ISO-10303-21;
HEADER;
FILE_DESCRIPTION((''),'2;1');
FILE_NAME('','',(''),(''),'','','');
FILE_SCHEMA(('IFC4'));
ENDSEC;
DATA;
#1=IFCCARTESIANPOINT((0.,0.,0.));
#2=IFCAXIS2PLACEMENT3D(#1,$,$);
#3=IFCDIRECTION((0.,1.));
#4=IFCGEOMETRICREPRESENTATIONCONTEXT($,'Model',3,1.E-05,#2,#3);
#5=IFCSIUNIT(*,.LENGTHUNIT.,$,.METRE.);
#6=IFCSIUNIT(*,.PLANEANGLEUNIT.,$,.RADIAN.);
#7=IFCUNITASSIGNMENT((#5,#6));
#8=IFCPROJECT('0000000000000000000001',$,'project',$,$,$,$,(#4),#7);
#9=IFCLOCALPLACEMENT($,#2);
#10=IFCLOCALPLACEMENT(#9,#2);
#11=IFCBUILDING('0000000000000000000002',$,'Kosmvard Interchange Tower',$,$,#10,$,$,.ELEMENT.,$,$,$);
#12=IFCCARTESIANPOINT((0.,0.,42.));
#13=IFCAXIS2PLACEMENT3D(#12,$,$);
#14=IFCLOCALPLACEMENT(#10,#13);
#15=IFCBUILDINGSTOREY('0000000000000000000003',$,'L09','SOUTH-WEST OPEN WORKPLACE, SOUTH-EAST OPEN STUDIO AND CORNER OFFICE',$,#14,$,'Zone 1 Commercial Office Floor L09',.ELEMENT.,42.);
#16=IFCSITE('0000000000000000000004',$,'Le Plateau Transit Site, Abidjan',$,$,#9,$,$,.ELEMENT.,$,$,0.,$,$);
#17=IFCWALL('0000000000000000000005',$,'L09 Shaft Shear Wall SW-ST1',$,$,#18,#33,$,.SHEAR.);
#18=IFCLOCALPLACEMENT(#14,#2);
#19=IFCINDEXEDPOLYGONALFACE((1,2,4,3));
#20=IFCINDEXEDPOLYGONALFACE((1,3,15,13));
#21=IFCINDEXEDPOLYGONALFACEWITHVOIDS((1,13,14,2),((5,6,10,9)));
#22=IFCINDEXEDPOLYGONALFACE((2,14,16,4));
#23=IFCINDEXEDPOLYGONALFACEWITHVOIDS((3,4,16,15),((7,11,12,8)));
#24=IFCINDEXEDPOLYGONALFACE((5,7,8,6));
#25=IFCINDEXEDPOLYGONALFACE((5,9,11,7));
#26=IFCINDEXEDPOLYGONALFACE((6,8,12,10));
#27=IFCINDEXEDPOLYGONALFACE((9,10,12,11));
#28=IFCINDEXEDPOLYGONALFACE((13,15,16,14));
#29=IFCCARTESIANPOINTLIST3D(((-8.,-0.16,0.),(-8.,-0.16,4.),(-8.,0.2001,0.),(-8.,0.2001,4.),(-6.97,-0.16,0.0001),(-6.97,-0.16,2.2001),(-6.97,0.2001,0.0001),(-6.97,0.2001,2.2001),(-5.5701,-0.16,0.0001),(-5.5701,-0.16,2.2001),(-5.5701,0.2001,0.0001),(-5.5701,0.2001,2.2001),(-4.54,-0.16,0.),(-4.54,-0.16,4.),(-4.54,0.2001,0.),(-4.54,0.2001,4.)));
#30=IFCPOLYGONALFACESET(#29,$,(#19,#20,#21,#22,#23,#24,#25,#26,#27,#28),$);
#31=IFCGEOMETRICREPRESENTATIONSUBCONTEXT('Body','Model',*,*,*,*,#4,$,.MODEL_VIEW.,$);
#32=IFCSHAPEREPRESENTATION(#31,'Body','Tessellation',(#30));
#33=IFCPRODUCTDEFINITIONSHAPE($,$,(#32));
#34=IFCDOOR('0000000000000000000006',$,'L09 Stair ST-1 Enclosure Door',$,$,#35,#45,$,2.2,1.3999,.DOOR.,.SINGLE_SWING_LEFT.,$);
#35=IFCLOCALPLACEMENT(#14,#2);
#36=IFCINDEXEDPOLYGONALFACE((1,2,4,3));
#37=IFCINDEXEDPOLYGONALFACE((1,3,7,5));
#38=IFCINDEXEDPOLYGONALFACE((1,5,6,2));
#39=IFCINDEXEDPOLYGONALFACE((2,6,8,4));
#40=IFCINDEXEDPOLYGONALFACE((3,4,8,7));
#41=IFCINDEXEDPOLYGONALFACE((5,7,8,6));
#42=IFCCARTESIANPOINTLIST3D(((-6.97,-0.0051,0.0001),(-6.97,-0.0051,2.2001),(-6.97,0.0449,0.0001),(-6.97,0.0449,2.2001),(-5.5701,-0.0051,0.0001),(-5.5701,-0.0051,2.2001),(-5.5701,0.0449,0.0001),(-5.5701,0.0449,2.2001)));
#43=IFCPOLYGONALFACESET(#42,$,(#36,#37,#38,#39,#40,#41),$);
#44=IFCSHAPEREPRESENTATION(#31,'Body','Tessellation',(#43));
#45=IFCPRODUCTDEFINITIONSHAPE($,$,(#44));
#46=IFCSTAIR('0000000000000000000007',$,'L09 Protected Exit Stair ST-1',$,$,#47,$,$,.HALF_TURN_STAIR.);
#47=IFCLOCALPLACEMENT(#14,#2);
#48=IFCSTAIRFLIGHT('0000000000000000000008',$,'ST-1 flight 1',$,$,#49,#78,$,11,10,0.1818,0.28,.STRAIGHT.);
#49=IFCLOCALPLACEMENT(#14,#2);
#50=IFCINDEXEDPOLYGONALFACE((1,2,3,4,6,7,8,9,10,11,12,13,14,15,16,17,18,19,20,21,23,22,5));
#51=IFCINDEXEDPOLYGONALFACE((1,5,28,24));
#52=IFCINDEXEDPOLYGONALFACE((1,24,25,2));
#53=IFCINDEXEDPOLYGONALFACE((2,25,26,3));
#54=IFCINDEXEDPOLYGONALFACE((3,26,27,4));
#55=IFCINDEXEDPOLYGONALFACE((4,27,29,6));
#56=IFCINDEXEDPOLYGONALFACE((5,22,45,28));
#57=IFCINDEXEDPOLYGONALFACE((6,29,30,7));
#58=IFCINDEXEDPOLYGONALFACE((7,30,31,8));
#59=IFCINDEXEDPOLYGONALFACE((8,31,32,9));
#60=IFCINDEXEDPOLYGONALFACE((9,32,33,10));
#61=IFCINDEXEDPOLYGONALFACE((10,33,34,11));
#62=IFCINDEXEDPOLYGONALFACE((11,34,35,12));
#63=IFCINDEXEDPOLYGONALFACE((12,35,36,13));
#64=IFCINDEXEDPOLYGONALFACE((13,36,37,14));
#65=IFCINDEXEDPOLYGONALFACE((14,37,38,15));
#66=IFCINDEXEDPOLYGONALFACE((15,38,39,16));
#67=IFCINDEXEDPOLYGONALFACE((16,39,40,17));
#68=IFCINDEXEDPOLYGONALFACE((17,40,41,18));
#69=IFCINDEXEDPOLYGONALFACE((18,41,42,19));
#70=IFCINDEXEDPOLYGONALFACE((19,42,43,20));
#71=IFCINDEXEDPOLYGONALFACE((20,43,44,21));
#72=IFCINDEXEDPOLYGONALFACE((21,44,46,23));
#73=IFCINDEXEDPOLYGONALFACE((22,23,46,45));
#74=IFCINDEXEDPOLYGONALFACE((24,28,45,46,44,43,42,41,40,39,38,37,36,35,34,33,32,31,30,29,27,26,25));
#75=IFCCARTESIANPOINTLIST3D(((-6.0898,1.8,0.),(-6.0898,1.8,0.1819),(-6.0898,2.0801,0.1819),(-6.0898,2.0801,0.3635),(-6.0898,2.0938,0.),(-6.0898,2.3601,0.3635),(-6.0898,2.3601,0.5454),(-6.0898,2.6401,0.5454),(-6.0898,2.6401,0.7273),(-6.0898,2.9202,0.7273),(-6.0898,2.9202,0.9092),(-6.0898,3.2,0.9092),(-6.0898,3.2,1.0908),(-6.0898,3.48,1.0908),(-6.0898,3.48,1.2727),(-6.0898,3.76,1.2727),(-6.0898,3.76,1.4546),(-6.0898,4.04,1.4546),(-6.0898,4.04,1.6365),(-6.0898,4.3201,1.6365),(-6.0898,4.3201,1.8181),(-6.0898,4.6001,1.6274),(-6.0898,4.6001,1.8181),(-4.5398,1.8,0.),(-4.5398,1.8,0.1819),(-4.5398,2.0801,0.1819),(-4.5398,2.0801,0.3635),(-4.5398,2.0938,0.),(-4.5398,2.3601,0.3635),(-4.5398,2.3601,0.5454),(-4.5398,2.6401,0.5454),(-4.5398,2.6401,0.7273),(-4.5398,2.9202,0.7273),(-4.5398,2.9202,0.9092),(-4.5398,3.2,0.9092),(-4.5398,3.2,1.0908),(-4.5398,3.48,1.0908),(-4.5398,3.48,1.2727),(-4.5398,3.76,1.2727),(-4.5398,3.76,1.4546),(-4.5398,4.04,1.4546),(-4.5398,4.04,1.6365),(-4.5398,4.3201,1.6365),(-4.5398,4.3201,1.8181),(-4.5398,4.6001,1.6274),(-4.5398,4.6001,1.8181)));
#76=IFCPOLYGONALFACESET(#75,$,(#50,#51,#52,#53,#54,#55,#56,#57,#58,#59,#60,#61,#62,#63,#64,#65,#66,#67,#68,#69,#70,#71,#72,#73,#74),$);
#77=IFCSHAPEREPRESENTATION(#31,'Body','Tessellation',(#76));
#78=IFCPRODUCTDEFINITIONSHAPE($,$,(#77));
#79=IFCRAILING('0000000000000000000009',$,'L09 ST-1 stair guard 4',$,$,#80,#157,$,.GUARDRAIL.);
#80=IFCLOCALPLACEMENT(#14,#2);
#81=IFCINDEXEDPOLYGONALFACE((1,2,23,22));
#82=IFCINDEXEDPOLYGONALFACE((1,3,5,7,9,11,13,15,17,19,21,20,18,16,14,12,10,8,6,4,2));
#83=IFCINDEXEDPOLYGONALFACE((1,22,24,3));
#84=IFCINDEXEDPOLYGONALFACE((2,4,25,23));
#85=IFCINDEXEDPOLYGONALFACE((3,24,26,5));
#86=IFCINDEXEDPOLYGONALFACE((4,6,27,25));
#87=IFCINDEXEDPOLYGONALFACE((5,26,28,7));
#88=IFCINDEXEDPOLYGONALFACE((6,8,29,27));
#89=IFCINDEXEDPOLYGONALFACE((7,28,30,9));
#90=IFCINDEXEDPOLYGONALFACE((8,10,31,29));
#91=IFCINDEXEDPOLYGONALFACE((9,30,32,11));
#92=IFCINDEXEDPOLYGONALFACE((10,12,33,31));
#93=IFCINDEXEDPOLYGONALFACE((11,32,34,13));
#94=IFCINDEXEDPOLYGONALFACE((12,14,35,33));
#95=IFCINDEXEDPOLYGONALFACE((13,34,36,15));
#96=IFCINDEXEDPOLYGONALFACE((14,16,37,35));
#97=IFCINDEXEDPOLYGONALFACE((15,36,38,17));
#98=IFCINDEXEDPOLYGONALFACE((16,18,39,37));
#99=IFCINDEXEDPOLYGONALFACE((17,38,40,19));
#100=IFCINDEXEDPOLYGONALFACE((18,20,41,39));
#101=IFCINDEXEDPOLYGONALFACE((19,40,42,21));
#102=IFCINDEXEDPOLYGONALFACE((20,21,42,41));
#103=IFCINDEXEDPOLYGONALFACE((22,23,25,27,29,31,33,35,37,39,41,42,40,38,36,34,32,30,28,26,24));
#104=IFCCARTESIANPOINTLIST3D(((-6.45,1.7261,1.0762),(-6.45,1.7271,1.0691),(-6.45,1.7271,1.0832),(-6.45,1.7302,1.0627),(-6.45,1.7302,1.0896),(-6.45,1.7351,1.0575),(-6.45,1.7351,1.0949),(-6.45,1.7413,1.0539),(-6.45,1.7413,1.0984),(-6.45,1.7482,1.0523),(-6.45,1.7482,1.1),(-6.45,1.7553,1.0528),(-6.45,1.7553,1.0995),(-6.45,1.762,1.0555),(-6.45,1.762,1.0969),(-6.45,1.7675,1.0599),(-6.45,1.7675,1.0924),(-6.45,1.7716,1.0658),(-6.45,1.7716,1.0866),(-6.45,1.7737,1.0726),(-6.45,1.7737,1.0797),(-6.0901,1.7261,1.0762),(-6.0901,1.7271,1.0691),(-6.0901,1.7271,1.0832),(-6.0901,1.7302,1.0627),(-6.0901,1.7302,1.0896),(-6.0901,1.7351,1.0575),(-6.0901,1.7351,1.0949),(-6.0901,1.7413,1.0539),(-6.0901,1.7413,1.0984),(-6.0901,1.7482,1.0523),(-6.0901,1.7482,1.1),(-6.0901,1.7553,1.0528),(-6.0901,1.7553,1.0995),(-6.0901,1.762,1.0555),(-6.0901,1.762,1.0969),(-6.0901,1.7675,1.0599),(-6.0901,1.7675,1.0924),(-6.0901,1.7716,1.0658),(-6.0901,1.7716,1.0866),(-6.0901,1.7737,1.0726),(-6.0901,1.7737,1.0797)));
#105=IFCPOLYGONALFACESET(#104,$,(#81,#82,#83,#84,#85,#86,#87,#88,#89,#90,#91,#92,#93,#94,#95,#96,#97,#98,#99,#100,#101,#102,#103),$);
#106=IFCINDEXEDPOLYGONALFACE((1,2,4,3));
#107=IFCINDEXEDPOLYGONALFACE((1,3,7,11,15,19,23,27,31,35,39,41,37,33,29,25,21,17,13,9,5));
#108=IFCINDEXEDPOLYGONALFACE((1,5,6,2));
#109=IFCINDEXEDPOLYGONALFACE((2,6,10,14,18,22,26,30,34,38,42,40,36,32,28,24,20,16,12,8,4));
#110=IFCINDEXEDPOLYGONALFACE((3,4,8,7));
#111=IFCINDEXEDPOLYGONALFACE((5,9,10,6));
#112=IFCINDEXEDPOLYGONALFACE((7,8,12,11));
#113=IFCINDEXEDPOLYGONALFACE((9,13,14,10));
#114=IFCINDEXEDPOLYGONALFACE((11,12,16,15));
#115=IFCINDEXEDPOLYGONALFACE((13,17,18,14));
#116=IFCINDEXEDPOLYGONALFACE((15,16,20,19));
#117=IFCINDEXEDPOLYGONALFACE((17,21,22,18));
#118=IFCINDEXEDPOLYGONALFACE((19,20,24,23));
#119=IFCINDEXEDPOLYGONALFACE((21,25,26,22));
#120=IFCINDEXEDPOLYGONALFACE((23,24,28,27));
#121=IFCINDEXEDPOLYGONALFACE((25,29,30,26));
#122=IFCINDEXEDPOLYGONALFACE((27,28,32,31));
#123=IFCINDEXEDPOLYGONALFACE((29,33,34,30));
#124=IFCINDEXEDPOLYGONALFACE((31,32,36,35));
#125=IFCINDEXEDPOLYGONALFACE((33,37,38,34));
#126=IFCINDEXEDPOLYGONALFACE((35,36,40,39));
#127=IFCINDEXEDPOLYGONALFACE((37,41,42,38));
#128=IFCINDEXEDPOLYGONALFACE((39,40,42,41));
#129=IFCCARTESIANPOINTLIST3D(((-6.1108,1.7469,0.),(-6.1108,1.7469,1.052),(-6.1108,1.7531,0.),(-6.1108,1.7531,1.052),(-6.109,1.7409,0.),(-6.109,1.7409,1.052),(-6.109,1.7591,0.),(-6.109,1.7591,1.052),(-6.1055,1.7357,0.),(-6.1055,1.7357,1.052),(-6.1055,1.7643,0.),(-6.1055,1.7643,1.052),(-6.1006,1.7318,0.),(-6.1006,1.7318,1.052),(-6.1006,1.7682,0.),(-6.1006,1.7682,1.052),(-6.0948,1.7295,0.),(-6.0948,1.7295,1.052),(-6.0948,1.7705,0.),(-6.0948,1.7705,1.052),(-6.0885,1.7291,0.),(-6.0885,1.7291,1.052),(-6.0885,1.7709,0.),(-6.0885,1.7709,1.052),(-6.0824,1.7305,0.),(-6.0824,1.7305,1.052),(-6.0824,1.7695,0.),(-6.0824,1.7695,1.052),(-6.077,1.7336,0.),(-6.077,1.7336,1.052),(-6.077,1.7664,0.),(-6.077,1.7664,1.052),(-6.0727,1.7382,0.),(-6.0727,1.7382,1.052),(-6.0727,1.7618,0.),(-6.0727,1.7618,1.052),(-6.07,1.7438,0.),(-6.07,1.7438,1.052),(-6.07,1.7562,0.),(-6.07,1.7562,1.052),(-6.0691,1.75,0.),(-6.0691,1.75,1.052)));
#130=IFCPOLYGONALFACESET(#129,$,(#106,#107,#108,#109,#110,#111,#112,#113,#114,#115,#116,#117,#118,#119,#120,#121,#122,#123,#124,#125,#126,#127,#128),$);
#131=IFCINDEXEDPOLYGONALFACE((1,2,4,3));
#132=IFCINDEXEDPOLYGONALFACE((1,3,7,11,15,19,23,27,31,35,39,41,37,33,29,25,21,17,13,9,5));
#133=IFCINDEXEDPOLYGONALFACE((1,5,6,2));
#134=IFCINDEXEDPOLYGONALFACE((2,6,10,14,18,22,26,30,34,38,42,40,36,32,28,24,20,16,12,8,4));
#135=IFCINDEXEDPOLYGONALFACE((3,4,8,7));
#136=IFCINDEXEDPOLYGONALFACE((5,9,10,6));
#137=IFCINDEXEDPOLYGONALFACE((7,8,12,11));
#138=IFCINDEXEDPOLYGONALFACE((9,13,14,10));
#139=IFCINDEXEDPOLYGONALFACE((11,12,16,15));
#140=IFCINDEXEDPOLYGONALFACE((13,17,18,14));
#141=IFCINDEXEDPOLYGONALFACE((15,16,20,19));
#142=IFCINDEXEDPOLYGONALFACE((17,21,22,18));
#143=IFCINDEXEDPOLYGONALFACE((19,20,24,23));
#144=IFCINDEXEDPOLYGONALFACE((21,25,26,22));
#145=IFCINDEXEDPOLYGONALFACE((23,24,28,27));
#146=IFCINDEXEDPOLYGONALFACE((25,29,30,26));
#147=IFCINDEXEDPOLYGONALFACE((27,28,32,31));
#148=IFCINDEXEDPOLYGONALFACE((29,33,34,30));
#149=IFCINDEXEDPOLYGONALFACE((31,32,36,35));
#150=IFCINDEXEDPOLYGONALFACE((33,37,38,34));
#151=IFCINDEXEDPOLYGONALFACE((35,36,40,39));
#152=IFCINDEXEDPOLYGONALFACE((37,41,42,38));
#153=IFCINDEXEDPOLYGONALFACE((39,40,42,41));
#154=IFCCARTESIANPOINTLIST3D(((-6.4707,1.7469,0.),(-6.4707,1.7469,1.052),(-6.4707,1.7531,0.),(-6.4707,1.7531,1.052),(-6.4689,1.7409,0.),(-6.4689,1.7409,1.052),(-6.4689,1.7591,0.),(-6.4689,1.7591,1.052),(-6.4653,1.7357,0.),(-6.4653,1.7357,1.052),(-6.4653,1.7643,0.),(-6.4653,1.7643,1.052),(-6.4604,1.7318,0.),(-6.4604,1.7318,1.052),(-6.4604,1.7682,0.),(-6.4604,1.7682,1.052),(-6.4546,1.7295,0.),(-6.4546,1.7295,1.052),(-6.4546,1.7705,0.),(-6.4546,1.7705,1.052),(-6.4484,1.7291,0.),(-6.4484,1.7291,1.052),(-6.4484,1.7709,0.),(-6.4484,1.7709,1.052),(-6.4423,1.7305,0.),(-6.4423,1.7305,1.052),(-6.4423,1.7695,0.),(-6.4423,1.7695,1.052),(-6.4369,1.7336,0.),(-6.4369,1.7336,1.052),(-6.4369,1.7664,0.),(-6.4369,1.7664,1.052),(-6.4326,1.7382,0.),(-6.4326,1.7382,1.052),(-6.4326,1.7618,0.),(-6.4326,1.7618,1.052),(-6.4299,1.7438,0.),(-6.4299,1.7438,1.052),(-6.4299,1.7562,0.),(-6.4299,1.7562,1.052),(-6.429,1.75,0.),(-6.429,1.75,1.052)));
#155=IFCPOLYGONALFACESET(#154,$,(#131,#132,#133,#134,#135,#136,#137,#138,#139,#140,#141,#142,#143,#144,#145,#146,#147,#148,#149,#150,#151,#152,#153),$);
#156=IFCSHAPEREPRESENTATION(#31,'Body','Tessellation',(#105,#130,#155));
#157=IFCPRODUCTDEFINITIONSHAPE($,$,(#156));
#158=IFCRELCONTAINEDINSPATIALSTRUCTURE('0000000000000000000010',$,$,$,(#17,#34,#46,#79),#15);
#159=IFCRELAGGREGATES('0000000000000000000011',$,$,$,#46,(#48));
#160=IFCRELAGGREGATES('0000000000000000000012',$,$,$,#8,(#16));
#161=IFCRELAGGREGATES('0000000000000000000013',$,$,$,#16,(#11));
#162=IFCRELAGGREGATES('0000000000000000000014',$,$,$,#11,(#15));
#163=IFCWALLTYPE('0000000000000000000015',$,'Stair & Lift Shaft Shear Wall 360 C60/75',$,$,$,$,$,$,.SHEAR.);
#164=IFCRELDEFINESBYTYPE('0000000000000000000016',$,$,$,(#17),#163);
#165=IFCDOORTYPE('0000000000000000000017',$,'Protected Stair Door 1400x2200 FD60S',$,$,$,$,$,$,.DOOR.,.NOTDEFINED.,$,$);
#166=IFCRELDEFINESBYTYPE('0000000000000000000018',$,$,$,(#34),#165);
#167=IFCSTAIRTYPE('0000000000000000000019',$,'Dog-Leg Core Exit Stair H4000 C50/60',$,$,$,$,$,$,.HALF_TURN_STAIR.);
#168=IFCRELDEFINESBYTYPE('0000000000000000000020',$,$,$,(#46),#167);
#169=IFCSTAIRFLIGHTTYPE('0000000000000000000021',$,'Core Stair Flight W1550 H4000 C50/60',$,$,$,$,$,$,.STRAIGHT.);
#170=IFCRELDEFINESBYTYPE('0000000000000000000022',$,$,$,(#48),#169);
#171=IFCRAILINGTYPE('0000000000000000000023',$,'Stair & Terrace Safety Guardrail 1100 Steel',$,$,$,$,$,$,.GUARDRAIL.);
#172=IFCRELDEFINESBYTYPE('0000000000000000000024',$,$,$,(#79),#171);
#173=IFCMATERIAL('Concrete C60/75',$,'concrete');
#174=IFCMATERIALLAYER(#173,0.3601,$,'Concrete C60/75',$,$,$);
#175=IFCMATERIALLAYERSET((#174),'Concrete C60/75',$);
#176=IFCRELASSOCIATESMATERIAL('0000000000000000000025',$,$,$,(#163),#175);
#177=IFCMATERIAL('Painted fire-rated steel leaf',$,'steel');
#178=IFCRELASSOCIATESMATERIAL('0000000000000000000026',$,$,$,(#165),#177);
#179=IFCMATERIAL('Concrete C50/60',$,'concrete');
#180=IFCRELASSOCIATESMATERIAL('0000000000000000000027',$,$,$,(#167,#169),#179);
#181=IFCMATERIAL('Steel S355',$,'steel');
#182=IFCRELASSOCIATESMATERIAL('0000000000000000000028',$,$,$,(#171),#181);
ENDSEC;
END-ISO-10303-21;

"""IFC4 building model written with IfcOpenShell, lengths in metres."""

from ifc_helpers import new_model, si_unit, direction, frame, frame_2d, origin, origin_2d, place, context, subcontext, project, spatial, polyline, rectangle, circle, outline, extrude, source, transform, mapped, material, layer, layer_set, type_object, element, fill, aggregate, save


model = new_model("IFC4")

# Units and contexts
model_context = context("Model", 3, precision=1e-05, world=origin(), true_north=direction((0.0, 1.0)))
body_context = subcontext(model_context, "Body", "Model", "MODEL_VIEW")
ifc_project = project(units=[si_unit("LENGTHUNIT", "METRE"), si_unit("PLANEANGLEUNIT", "RADIAN")], contexts=[model_context])

# Site, building, storey
site_placement = place(None, origin())
site = spatial("IfcSite", under=ifc_project, at=site_placement, Name="Le Plateau Transit Site, Abidjan", CompositionType="ELEMENT", RefElevation=0.0)
building_placement = place(site_placement, origin())
building = spatial("IfcBuilding", under=site, at=building_placement, Name="Kosmvard Interchange Tower", CompositionType="ELEMENT")
storey_placement = place(building_placement, frame((0.0, 0.0, 42.0)))
storey = spatial("IfcBuildingStorey", under=building, at=storey_placement, Name="L09", Description="SOUTH-WEST OPEN WORKPLACE, SOUTH-EAST OPEN STUDIO AND CORNER OFFICE", LongName="Zone 1 Commercial Office Floor L09", CompositionType="ELEMENT", Elevation=42.0)

# Wall, opening, door
ifc_material_1 = material(Name="Concrete C60/75", Category="concrete")
ifc_layer_1 = layer(ifc_material_1, 0.3601, Name="Concrete C60/75")
ifc_layer_set_1 = layer_set([ifc_layer_1], Name="Concrete C60/75")
wall_type_1 = type_object("IfcWallType", Name="Stair & Lift Shaft Shear Wall 360 C60/75", PredefinedType="SHEAR", material=ifc_layer_set_1)
wall_1_placement = place(storey_placement, frame((-8.0, 0.02, 0.0), z_axis=(0.0, 0.0, 1.0), x_axis=(1.0, 0.0, 0.0)))
wall_1 = element("IfcWall", 1, at=wall_1_placement, inside=storey, type_object=wall_type_1, Name="L09 Shaft Shear Wall SW-ST1", PredefinedType="SHEAR", context=body_context, shape_type="SweptSolid", body=[
    extrude(rectangle(XDim=3.46, YDim=0.3601, at=frame_2d((1.73, 0.0))), origin(), (0.0, 0.0, 1.0), 4.0),
])
opening_1_placement = place(wall_1_placement, frame((1.03, 0.0, 0.0)))
opening_1 = element("IfcOpeningElement", 2, at=opening_1_placement, cuts=wall_1, PredefinedType="OPENING", context=body_context, shape_type="SweptSolid", body=[
    extrude(rectangle(XDim=1.3999, YDim=2.2, at=frame_2d((0.7, 1.1001))), frame((0.0, 0.1899, 0.0), z_axis=(0.0, -1.0, 0.0), x_axis=(1.0, 0.0, 0.0)), (0.0, 0.0, 1.0), 0.3801),
])
ifc_material_2 = material(Name="Painted fire-rated steel leaf", Category="steel")
door_type_1 = type_object("IfcDoorType", Name="Protected Stair Door 1400x2200 FD60S", OperationType="NOTDEFINED", PredefinedType="DOOR", material=ifc_material_2)
shared_shape_1 = source(origin(), body_context, "Body", "SweptSolid", [
    extrude(rectangle(XDim=1.3999, YDim=2.2, at=frame_2d((0.7, 1.1001))), frame((0.0, 0.0249, 0.0), z_axis=(0.0, -1.0, 0.0), x_axis=(1.0, 0.0, 0.0)), (0.0, 0.0, 1.0), 0.05),
])
door_1_placement = place(opening_1_placement, origin())
door_1 = element("IfcDoor", 3, at=door_1_placement, inside=storey, type_object=door_type_1, Name="L09 Stair ST-1 Enclosure Door", OperationType="SINGLE_SWING_LEFT", OverallHeight=2.2, OverallWidth=1.3999, PredefinedType="DOOR", context=body_context, shape_type="MappedRepresentation", body=[
    mapped(shared_shape_1, transform((0.0, 0.0, 0.0), scale=1.0)),
])
fill(opening_1, door_1)

# Stair, stair flight
ifc_material_3 = material(Name="Concrete C50/60", Category="concrete")
stair_type = type_object("IfcStairType", Name="Dog-Leg Core Exit Stair H4000 C50/60", PredefinedType="HALF_TURN_STAIR", material=ifc_material_3)
stair_placement = place(storey_placement, origin())
stair = element("IfcStair", 4, at=stair_placement, inside=storey, type_object=stair_type, Name="L09 Protected Exit Stair ST-1", PredefinedType="HALF_TURN_STAIR")
stair_flight_type = type_object("IfcStairFlightType", Name="Core Stair Flight W1550 H4000 C50/60", PredefinedType="STRAIGHT", material=ifc_material_3)
shared_shape_2 = source(origin(), body_context, "Body", "SweptSolid", [
    extrude(outline(polyline([(0.0, 0.0), (0.0, 0.1819), (0.28, 0.1819), (0.28, 0.3635), (0.5601, 0.3635), (0.5601, 0.5454), (0.8401, 0.5454), (0.8401, 0.7273), (1.1201, 0.7273), (1.1201, 0.9092), (1.3999, 0.9092), (1.3999, 1.0908), (1.6799, 1.0908), (1.6799, 1.2727), (1.96, 1.2727), (1.96, 1.4546), (2.24, 1.4546), (2.24, 1.6365), (2.52, 1.6365), (2.52, 1.8181), (2.8, 1.8181), (2.8, 2.0), (2.8, 1.6274), (0.2937, 0.0), (0.0, 0.0)])), frame((0.0, 0.7749, 0.0), z_axis=(0.0, -1.0, 0.0), x_axis=(1.0, 0.0, 0.0)), (0.0, 0.0, 1.0), 1.55),
])
stair_flight_placement = place(storey_placement, frame((-5.3149, 1.8, 0.0), z_axis=(0.0, 0.0, 1.0), x_axis=(0.0, 1.0, 0.0)))
stair_flight = element("IfcStairFlight", 5, at=stair_flight_placement, type_object=stair_flight_type, Name="ST-1 flight 1", NumberOfRisers=11, NumberOfTreads=10, PredefinedType="STRAIGHT", RiserHeight=0.1818, TreadLength=0.28, context=body_context, shape_type="MappedRepresentation", body=[
    mapped(shared_shape_2, transform((0.0, 0.0, 0.0), scale=1.0)),
])
aggregate(stair, [stair_flight])

# Railing
ifc_material_4 = material(Name="Steel S355", Category="steel")
railing_type_1 = type_object("IfcRailingType", Name="Stair & Terrace Safety Guardrail 1100 Steel", PredefinedType="GUARDRAIL", material=ifc_material_4)
shared_shape_3 = source(origin(), body_context, "Body", "SweptSolid", [
    extrude(circle(Radius=0.0239, at=origin_2d()), frame((0.0, 0.0, 1.0762), z_axis=(-1.0, 0.0, 0.0), x_axis=(0.0, -1.0, 0.0)), (0.0, 0.0, 1.0), 0.3599),
    extrude(circle(Radius=0.021, at=origin_2d()), origin(), (0.0, 0.0, 1.0), 1.052),
    extrude(circle(Radius=0.021, at=origin_2d()), frame((-0.3599, 0.0, 0.0)), (0.0, 0.0, 1.0), 1.052),
])
railing_1_placement = place(storey_placement, frame((-6.0901, 1.75, 0.0)))
element("IfcRailing", 6, at=railing_1_placement, inside=storey, type_object=railing_type_1, Name="L09 ST-1 stair guard 4", PredefinedType="GUARDRAIL", context=body_context, shape_type="MappedRepresentation", body=[
    mapped(shared_shape_3, transform((0.0, 0.0, 0.0), scale=1.0)),
])

save(model, "model.ifc")
